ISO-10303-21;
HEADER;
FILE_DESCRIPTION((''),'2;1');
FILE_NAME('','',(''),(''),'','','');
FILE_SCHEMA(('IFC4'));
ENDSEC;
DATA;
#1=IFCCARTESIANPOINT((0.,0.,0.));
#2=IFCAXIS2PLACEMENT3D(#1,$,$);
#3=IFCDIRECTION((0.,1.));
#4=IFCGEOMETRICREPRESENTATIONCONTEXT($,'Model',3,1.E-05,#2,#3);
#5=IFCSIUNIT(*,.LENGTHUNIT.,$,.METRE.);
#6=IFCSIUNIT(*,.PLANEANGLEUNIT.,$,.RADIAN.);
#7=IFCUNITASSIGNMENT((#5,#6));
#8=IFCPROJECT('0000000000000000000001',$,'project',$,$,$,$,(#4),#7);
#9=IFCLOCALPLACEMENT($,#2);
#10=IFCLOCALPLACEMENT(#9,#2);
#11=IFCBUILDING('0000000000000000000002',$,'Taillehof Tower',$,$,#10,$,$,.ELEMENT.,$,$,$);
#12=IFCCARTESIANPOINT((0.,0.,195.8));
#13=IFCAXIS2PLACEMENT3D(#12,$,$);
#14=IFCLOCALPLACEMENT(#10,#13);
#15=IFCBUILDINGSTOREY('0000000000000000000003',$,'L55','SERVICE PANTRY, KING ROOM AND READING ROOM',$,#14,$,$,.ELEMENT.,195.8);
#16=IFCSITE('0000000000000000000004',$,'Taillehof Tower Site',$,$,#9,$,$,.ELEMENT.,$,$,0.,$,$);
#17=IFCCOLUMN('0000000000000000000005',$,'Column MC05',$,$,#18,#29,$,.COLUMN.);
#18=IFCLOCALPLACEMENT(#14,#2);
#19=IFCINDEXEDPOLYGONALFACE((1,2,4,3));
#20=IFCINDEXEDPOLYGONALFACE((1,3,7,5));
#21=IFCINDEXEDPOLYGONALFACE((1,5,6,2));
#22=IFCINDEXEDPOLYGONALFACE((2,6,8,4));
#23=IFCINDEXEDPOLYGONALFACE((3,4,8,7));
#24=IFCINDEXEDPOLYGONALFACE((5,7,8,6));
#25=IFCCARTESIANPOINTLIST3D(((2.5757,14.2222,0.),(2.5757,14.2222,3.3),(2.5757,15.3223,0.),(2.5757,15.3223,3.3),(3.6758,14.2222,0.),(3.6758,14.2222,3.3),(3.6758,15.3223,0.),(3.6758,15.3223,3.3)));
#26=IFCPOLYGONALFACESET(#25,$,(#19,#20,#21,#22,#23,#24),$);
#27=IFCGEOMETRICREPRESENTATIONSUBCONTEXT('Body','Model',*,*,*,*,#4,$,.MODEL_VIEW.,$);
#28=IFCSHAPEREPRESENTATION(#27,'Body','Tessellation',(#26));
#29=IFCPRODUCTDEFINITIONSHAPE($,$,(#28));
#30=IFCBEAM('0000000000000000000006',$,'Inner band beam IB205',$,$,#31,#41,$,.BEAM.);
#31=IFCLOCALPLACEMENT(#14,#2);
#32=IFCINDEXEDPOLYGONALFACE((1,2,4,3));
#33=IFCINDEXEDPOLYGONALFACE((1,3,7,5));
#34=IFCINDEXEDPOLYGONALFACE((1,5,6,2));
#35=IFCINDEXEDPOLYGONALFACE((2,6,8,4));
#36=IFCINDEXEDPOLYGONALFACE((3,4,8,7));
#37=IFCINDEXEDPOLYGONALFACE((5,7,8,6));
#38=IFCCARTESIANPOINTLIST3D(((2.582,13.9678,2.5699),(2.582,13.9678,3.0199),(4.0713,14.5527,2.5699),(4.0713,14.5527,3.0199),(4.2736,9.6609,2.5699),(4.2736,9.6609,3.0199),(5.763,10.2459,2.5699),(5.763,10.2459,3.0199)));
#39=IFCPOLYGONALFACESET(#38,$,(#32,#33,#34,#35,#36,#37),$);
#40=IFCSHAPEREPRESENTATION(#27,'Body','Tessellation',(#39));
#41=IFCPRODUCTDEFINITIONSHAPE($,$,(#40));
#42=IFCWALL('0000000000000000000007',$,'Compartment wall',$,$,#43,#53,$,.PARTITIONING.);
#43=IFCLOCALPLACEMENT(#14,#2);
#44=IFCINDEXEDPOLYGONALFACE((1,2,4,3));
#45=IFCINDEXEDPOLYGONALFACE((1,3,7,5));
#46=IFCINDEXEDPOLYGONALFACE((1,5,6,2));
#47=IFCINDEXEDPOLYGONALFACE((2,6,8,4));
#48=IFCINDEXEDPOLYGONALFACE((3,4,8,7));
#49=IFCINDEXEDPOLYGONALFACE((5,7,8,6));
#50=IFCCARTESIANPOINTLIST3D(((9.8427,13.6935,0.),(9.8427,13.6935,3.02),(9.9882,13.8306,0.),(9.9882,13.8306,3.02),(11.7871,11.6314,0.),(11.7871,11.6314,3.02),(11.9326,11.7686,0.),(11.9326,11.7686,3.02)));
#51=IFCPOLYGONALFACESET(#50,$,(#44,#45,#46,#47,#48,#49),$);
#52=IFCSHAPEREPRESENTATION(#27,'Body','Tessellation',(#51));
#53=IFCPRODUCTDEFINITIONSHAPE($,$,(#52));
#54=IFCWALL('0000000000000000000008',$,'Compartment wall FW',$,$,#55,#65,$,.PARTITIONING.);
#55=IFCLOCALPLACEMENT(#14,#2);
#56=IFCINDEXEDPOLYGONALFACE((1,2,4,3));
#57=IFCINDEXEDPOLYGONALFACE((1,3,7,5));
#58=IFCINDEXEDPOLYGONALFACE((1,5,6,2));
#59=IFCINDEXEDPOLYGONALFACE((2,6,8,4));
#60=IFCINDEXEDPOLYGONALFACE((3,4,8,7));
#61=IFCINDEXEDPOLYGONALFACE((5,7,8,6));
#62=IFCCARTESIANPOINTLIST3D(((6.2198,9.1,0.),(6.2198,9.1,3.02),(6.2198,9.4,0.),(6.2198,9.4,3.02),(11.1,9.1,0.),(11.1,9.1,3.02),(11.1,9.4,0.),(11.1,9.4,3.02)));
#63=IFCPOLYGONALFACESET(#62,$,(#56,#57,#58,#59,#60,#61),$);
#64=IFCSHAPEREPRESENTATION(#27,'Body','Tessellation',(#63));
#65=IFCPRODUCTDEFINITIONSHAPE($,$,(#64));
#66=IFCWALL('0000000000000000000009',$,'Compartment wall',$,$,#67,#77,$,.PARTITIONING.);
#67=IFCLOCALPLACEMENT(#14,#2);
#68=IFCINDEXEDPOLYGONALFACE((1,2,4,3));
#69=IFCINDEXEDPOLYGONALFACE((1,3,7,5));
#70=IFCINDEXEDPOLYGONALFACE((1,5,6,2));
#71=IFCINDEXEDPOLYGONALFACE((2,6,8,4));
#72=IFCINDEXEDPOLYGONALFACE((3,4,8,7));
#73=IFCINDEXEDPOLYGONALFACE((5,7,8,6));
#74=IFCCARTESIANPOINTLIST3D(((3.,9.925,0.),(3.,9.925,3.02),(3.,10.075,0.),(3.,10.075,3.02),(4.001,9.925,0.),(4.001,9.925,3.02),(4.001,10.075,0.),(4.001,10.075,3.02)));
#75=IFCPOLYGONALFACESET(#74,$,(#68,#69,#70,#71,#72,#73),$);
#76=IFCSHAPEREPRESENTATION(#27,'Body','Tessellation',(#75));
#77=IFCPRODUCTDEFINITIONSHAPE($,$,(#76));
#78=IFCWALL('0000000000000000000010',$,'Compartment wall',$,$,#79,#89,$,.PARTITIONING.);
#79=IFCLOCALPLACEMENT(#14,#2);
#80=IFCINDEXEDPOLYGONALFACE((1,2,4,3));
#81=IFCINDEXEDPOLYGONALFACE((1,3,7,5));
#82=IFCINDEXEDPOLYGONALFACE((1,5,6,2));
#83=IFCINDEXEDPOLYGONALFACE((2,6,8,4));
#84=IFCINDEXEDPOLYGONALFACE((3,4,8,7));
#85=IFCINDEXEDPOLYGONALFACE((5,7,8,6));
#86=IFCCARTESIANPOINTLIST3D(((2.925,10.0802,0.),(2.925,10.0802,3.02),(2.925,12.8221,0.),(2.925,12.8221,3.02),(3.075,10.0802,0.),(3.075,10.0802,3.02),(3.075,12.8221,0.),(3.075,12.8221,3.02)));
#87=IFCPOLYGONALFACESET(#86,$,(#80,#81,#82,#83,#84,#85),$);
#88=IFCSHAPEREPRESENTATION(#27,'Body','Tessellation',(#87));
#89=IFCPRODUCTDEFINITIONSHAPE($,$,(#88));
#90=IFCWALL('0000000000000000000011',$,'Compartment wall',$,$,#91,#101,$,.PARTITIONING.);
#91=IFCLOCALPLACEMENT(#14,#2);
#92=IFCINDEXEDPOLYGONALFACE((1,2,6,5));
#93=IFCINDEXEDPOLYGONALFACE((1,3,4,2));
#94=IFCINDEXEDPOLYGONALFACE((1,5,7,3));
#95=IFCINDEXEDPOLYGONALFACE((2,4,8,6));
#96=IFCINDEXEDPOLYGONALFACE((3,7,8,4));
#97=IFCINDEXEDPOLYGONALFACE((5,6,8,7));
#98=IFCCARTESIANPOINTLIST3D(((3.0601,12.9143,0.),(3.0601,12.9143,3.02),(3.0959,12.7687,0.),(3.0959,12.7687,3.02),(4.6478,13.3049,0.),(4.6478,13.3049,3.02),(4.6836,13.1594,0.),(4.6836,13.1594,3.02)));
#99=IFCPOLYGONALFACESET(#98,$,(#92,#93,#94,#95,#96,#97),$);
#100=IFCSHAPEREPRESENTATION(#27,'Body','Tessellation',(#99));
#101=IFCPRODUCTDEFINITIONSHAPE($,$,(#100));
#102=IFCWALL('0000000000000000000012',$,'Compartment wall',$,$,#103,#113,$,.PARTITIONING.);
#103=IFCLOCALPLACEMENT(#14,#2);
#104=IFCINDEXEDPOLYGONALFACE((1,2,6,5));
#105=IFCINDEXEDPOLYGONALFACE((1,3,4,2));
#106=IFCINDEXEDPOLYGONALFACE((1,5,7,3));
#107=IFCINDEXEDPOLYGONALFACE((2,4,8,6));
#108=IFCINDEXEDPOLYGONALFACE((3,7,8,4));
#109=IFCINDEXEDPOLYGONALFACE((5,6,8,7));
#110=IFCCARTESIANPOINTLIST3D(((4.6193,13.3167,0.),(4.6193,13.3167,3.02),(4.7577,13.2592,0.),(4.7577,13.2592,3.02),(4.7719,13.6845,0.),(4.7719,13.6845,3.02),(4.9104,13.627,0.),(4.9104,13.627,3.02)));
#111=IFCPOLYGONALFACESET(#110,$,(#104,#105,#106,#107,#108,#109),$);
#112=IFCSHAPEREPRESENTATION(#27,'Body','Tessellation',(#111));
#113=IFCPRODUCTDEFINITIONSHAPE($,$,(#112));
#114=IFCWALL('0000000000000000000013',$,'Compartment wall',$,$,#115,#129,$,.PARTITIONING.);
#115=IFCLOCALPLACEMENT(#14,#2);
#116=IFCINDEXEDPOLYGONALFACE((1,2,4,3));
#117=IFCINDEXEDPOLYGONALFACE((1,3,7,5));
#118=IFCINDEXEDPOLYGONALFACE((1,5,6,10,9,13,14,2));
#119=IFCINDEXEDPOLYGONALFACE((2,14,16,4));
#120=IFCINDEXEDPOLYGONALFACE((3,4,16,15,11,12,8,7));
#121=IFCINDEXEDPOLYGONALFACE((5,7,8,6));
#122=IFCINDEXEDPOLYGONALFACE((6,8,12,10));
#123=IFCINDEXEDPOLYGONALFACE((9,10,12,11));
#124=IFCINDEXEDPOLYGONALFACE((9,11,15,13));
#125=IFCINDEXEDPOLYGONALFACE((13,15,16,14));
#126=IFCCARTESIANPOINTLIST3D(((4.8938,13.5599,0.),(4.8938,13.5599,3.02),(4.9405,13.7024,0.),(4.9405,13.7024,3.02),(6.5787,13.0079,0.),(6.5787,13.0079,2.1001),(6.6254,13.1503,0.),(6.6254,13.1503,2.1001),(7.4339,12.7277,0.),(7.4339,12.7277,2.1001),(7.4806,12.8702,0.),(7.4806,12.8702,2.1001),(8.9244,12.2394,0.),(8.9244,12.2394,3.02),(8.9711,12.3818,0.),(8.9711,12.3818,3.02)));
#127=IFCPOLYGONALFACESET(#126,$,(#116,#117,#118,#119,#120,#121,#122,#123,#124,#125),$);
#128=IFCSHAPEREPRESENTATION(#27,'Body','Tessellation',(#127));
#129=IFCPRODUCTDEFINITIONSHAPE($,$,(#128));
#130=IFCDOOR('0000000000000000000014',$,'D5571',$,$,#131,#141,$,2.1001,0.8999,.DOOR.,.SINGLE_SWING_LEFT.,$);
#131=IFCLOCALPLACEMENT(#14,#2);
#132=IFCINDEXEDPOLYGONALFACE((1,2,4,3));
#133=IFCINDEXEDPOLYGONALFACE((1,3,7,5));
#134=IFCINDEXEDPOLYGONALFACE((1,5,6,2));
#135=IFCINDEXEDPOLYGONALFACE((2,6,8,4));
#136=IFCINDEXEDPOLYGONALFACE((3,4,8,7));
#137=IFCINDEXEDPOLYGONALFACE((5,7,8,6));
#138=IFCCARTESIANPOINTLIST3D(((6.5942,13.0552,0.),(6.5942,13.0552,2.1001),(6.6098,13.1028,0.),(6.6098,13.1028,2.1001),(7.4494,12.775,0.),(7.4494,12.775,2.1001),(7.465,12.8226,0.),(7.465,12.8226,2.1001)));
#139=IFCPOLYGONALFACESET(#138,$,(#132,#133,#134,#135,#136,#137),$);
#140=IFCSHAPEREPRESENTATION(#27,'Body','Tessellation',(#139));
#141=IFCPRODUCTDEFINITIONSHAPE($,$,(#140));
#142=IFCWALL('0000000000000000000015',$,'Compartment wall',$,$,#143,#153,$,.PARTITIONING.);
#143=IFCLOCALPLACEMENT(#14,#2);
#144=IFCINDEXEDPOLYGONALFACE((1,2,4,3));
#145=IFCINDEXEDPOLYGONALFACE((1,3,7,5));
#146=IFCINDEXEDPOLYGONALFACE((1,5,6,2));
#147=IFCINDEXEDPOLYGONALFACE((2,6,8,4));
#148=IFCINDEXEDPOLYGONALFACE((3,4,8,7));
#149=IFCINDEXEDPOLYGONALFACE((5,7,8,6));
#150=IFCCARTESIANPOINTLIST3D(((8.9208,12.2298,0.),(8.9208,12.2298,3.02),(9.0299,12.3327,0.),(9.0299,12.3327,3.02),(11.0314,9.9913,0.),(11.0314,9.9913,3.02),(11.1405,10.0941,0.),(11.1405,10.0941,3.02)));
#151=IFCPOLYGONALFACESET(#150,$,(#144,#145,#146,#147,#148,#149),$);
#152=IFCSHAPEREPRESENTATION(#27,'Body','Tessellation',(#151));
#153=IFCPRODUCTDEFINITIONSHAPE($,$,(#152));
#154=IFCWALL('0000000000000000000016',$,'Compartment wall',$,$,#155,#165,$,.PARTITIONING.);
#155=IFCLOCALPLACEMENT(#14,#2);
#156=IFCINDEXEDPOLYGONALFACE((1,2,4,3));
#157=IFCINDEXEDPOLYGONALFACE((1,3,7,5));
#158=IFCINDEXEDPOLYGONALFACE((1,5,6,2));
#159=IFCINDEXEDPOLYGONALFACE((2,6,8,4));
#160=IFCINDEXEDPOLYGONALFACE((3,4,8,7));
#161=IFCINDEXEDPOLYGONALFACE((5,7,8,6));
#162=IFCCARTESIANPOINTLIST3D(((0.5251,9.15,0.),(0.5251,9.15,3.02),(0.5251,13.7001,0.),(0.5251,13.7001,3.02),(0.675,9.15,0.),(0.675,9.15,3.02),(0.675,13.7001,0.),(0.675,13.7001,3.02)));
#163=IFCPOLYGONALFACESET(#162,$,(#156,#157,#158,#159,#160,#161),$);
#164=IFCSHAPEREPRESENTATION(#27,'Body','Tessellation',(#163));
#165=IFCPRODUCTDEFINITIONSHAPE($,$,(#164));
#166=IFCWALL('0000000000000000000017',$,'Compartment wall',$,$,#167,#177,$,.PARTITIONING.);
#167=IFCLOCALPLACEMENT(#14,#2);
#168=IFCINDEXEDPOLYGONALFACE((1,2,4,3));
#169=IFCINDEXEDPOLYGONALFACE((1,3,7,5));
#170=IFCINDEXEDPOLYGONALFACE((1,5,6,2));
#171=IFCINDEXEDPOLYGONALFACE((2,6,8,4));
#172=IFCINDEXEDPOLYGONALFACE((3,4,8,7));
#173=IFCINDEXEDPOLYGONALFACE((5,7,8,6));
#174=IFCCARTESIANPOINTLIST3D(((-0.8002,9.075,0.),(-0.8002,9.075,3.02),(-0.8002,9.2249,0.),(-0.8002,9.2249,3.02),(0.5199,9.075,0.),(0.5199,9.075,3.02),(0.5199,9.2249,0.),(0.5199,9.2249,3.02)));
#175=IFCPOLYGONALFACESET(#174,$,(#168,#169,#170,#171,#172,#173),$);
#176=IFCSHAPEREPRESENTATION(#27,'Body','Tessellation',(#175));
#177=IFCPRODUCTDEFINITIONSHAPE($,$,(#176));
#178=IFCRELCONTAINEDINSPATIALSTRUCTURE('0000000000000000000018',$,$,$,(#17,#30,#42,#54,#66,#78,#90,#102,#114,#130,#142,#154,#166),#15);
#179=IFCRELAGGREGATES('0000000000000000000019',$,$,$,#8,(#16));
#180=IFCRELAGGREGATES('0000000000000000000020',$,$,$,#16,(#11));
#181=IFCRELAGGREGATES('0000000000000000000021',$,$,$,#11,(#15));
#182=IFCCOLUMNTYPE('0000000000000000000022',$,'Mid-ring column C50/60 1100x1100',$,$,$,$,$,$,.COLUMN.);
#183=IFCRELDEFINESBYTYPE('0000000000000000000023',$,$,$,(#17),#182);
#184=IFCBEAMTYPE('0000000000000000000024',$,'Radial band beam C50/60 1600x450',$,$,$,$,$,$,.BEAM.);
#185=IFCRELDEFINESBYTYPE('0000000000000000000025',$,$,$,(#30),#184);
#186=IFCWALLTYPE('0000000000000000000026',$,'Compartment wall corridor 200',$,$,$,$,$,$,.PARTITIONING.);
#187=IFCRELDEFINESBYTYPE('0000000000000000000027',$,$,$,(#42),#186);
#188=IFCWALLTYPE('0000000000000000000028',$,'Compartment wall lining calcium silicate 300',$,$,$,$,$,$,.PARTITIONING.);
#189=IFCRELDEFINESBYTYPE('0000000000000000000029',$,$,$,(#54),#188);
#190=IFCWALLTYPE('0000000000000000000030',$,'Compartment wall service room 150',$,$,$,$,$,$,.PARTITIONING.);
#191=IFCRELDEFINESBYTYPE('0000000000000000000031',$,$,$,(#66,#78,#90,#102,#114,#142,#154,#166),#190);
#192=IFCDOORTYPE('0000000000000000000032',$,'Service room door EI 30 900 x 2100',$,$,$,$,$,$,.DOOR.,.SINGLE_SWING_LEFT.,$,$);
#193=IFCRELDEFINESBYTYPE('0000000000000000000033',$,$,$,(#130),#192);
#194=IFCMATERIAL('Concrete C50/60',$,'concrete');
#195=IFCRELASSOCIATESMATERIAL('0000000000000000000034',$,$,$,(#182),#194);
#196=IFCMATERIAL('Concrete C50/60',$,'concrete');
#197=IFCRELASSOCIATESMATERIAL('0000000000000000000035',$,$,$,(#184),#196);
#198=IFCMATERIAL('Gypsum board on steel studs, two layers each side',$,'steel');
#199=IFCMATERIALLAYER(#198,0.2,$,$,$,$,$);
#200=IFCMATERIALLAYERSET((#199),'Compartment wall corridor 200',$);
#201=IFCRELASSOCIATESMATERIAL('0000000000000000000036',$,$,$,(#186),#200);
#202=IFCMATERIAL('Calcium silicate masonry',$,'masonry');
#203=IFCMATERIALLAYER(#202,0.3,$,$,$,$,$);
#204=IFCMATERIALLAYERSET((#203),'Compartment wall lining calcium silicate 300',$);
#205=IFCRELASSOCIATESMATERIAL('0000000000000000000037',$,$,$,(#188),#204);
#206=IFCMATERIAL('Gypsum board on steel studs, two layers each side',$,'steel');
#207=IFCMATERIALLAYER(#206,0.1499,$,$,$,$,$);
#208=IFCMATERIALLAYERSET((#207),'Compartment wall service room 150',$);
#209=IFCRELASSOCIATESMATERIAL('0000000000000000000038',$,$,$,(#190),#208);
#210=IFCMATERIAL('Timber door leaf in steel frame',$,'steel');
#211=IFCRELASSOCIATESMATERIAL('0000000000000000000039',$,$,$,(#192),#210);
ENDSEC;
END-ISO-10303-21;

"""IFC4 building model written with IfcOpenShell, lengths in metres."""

from ifc_helpers import new_model, si_unit, direction, frame, frame_2d, origin, origin_2d, place, context, subcontext, project, spatial, rectangle, extrude, material, layer, layer_set, material_profile, profile_set, type_object, element, fill, save


model = new_model("IFC4")

# Units and contexts
model_context = context("Model", 3, precision=1e-05, world=origin(), true_north=direction((0.0, 1.0)))
body_context = subcontext(model_context, "Body", "Model", "MODEL_VIEW")
ifc_project = project(units=[si_unit("LENGTHUNIT", "METRE"), si_unit("PLANEANGLEUNIT", "RADIAN")], contexts=[model_context])

# Site, building, storey
site_placement = place(None, origin())
site = spatial("IfcSite", under=ifc_project, at=site_placement, Name="Taillehof Tower Site", CompositionType="ELEMENT", RefElevation=0.0)
building_placement = place(site_placement, origin())
building = spatial("IfcBuilding", under=site, at=building_placement, Name="Taillehof Tower", CompositionType="ELEMENT")
storey_placement = place(building_placement, frame((0.0, 0.0, 195.8)))
storey = spatial("IfcBuildingStorey", under=building, at=storey_placement, Name="L55", Description="SERVICE PANTRY, KING ROOM AND READING ROOM", CompositionType="ELEMENT", Elevation=195.8)

# Column
ifc_material_1 = material(Name="Concrete C50/60", Category="concrete")
ifc_material_profile_1 = material_profile(ifc_material_1, rectangle(XDim=1.1001, YDim=1.1001, at=origin_2d()), Name="RC 1100x1100")
ifc_profile_set_1 = profile_set([ifc_material_profile_1], Name="Concrete C50/60")
column_type = type_object("IfcColumnType", Name="Mid-ring column C50/60 1100x1100", PredefinedType="COLUMN", material=ifc_profile_set_1)
column_placement = place(storey_placement, frame((3.1257, 14.7722, 0.0), z_axis=(0.0, 0.0, 1.0), x_axis=(1.0, 0.0, 0.0)))
element("IfcColumn", 1, at=column_placement, inside=storey, type_object=column_type, Name="Column MC05", PredefinedType="COLUMN", context=body_context, shape_type="SweptSolid", body=[
    extrude(rectangle(XDim=1.1001, YDim=1.1001, at=origin_2d()), origin(), (0.0, 0.0, 1.0), 3.3),
])

# Beam
ifc_material_2 = material(Name="Concrete C50/60", Category="concrete")
ifc_material_profile_2 = material_profile(ifc_material_2, rectangle(XDim=1.6001, YDim=0.45, at=origin_2d()), Name="RC 1600x450")
ifc_profile_set_2 = profile_set([ifc_material_profile_2], Name="Concrete C50/60")
beam_type = type_object("IfcBeamType", Name="Radial band beam C50/60 1600x450", PredefinedType="BEAM", material=ifc_profile_set_2)
beam_placement = place(storey_placement, frame((3.3267, 14.2603, 2.7949), z_axis=(0.365589, -0.930777, 0.0), x_axis=(0.930777, 0.365589, 0.0)))
element("IfcBeam", 2, at=beam_placement, inside=storey, type_object=beam_type, Name="Inner band beam IB205", PredefinedType="BEAM", context=body_context, shape_type="SweptSolid", body=[
    extrude(rectangle(XDim=1.6001, YDim=0.45, at=origin_2d()), origin(), (0.0, 0.0, 1.0), 4.6272),
])

# Walls
ifc_material_3 = material(Name="Gypsum board on steel studs, two layers each side", Category="steel")
ifc_layer_1 = layer(ifc_material_3, 0.2)
ifc_layer_set_1 = layer_set([ifc_layer_1], Name="Compartment wall corridor 200")
wall_type_1 = type_object("IfcWallType", Name="Compartment wall corridor 200", PredefinedType="PARTITIONING", material=ifc_layer_set_1)
wall_1_placement = place(storey_placement, frame((9.9155, 13.762, 0.0), z_axis=(0.0, 0.0, 1.0), x_axis=(0.686042, -0.727562, 0.0)))
element("IfcWall", 3, at=wall_1_placement, inside=storey, type_object=wall_type_1, Name="Compartment wall", PredefinedType="PARTITIONING", context=body_context, shape_type="SweptSolid", body=[
    extrude(rectangle(XDim=2.8342, YDim=0.2, at=frame_2d((1.417, 0.0))), origin(), (0.0, 0.0, 1.0), 3.02),
])
ifc_material_4 = material(Name="Calcium silicate masonry", Category="masonry")
ifc_layer_2 = layer(ifc_material_4, 0.3)
ifc_layer_set_2 = layer_set([ifc_layer_2], Name="Compartment wall lining calcium silicate 300")
wall_type_2 = type_object("IfcWallType", Name="Compartment wall lining calcium silicate 300", PredefinedType="PARTITIONING", material=ifc_layer_set_2)
wall_2_placement = place(storey_placement, frame((6.22, 9.25, 0.0), z_axis=(0.0, 0.0, 1.0), x_axis=(1.0, 0.0, 0.0)))
element("IfcWall", 4, at=wall_2_placement, inside=storey, type_object=wall_type_2, Name="Compartment wall FW", PredefinedType="PARTITIONING", context=body_context, shape_type="SweptSolid", body=[
    extrude(rectangle(XDim=4.8801, YDim=0.3, at=frame_2d((2.4399, 0.0))), origin(), (0.0, 0.0, 1.0), 3.02),
])
ifc_material_5 = material(Name="Gypsum board on steel studs, two layers each side", Category="steel")
ifc_layer_3 = layer(ifc_material_5, 0.1499)
ifc_layer_set_3 = layer_set([ifc_layer_3], Name="Compartment wall service room 150")
wall_type_3 = type_object("IfcWallType", Name="Compartment wall service room 150", PredefinedType="PARTITIONING", material=ifc_layer_set_3)
wall_3_placement = place(storey_placement, frame((4.001, 10.0, 0.0), z_axis=(0.0, 0.0, 1.0), x_axis=(-1.0, 0.0, 0.0)))
element("IfcWall", 5, at=wall_3_placement, inside=storey, type_object=wall_type_3, Name="Compartment wall", PredefinedType="PARTITIONING", context=body_context, shape_type="SweptSolid", body=[
    extrude(rectangle(XDim=1.001, YDim=0.1499, at=frame_2d((0.5005, 0.0))), origin(), (0.0, 0.0, 1.0), 3.02),
])
wall_4_placement = place(storey_placement, frame((3.0, 10.0801, 0.0), z_axis=(0.0, 0.0, 1.0), x_axis=(0.0, 1.0, 0.0)))
element("IfcWall", 6, at=wall_4_placement, inside=storey, type_object=wall_type_3, Name="Compartment wall", PredefinedType="PARTITIONING", context=body_context, shape_type="SweptSolid", body=[
    extrude(rectangle(XDim=2.7419, YDim=0.1499, at=frame_2d((1.3711, 0.0))), origin(), (0.0, 0.0, 1.0), 3.02),
])
wall_5_placement = place(storey_placement, frame((3.0781, 12.8416, 0.0), z_axis=(0.0, 0.0, 1.0), x_axis=(0.97104, 0.238915, 0.0)))
element("IfcWall", 7, at=wall_5_placement, inside=storey, type_object=wall_type_3, Name="Compartment wall", PredefinedType="PARTITIONING", context=body_context, shape_type="SweptSolid", body=[
    extrude(rectangle(XDim=1.635, YDim=0.1499, at=frame_2d((0.8174, 0.0))), origin(), (0.0, 0.0, 1.0), 3.02),
])
wall_6_placement = place(storey_placement, frame((4.6885, 13.2878, 0.0), z_axis=(0.0, 0.0, 1.0), x_axis=(0.383309, 0.92362, 0.0)))
element("IfcWall", 8, at=wall_6_placement, inside=storey, type_object=wall_type_3, Name="Compartment wall", PredefinedType="PARTITIONING", context=body_context, shape_type="SweptSolid", body=[
    extrude(rectangle(XDim=0.3982, YDim=0.1499, at=frame_2d((0.1992, 0.0))), origin(), (0.0, 0.0, 1.0), 3.02),
])

# Wall, opening, door
wall_7_placement = place(storey_placement, frame((4.9172, 13.6311, 0.0), z_axis=(0.0, 0.0, 1.0), x_axis=(0.9503, -0.311337, 0.0)))
wall_7 = element("IfcWall", 9, at=wall_7_placement, inside=storey, type_object=wall_type_3, Name="Compartment wall", PredefinedType="PARTITIONING", context=body_context, shape_type="SweptSolid", body=[
    extrude(rectangle(XDim=4.2415, YDim=0.1499, at=frame_2d((2.1206, 0.0))), origin(), (0.0, 0.0, 1.0), 3.02),
])
opening_1_placement = place(wall_7_placement, frame((1.7729, 0.0, 0.0)))
opening_1 = element("IfcOpeningElement", 10, at=opening_1_placement, cuts=wall_7, PredefinedType="OPENING", context=body_context, shape_type="SweptSolid", body=[
    extrude(rectangle(XDim=0.8999, YDim=2.1001, at=frame_2d((0.45, 1.05))), frame((0.0, 0.085, 0.0), z_axis=(0.0, -1.0, 0.0), x_axis=(1.0, 0.0, 0.0)), (0.0, 0.0, 1.0), 0.1699),
])
ifc_material_6 = material(Name="Timber door leaf in steel frame", Category="steel")
door_type_1 = type_object("IfcDoorType", Name="Service room door EI 30 900 x 2100", OperationType="SINGLE_SWING_LEFT", PredefinedType="DOOR", material=ifc_material_6)
door_1_placement = place(opening_1_placement, origin())
door_1 = element("IfcDoor", 11, at=door_1_placement, inside=storey, type_object=door_type_1, Name="D5571", OperationType="SINGLE_SWING_LEFT", OverallHeight=2.1001, OverallWidth=0.8999, PredefinedType="DOOR", context=body_context, shape_type="SweptSolid", body=[
    extrude(rectangle(XDim=0.8999, YDim=2.1001, at=frame_2d((0.45, 1.05))), frame((0.0, 0.0249, 0.0), z_axis=(0.0, -1.0, 0.0), x_axis=(1.0, 0.0, 0.0)), (0.0, 0.0, 1.0), 0.05),
])
fill(opening_1, door_1)

# Walls
wall_8_placement = place(storey_placement, frame((8.9753, 12.2812, 0.0), z_axis=(0.0, 0.0, 1.0), x_axis=(0.68601, -0.727592, 0.0)))
element("IfcWall", 12, at=wall_8_placement, inside=storey, type_object=wall_type_3, Name="Compartment wall", PredefinedType="PARTITIONING", context=body_context, shape_type="SweptSolid", body=[
    extrude(rectangle(XDim=3.0767, YDim=0.1499, at=frame_2d((1.5383, 0.0))), origin(), (0.0, 0.0, 1.0), 3.02),
])
wall_9_placement = place(storey_placement, frame((0.6001, 13.7, 0.0), z_axis=(0.0, 0.0, 1.0), x_axis=(0.0, -1.0, 0.0)))
element("IfcWall", 13, at=wall_9_placement, inside=storey, type_object=wall_type_3, Name="Compartment wall", PredefinedType="PARTITIONING", context=body_context, shape_type="SweptSolid", body=[
    extrude(rectangle(XDim=4.55, YDim=0.1499, at=frame_2d((2.2749, 0.0))), origin(), (0.0, 0.0, 1.0), 3.02),
])
wall_10_placement = place(storey_placement, frame((0.52, 9.1499, 0.0), z_axis=(0.0, 0.0, 1.0), x_axis=(-1.0, 0.0, 0.0)))
element("IfcWall", 14, at=wall_10_placement, inside=storey, type_object=wall_type_3, Name="Compartment wall", PredefinedType="PARTITIONING", context=body_context, shape_type="SweptSolid", body=[
    extrude(rectangle(XDim=1.3201, YDim=0.1499, at=frame_2d((0.6602, 0.0))), origin(), (0.0, 0.0, 1.0), 3.02),
])

save(model, "model.ifc")
